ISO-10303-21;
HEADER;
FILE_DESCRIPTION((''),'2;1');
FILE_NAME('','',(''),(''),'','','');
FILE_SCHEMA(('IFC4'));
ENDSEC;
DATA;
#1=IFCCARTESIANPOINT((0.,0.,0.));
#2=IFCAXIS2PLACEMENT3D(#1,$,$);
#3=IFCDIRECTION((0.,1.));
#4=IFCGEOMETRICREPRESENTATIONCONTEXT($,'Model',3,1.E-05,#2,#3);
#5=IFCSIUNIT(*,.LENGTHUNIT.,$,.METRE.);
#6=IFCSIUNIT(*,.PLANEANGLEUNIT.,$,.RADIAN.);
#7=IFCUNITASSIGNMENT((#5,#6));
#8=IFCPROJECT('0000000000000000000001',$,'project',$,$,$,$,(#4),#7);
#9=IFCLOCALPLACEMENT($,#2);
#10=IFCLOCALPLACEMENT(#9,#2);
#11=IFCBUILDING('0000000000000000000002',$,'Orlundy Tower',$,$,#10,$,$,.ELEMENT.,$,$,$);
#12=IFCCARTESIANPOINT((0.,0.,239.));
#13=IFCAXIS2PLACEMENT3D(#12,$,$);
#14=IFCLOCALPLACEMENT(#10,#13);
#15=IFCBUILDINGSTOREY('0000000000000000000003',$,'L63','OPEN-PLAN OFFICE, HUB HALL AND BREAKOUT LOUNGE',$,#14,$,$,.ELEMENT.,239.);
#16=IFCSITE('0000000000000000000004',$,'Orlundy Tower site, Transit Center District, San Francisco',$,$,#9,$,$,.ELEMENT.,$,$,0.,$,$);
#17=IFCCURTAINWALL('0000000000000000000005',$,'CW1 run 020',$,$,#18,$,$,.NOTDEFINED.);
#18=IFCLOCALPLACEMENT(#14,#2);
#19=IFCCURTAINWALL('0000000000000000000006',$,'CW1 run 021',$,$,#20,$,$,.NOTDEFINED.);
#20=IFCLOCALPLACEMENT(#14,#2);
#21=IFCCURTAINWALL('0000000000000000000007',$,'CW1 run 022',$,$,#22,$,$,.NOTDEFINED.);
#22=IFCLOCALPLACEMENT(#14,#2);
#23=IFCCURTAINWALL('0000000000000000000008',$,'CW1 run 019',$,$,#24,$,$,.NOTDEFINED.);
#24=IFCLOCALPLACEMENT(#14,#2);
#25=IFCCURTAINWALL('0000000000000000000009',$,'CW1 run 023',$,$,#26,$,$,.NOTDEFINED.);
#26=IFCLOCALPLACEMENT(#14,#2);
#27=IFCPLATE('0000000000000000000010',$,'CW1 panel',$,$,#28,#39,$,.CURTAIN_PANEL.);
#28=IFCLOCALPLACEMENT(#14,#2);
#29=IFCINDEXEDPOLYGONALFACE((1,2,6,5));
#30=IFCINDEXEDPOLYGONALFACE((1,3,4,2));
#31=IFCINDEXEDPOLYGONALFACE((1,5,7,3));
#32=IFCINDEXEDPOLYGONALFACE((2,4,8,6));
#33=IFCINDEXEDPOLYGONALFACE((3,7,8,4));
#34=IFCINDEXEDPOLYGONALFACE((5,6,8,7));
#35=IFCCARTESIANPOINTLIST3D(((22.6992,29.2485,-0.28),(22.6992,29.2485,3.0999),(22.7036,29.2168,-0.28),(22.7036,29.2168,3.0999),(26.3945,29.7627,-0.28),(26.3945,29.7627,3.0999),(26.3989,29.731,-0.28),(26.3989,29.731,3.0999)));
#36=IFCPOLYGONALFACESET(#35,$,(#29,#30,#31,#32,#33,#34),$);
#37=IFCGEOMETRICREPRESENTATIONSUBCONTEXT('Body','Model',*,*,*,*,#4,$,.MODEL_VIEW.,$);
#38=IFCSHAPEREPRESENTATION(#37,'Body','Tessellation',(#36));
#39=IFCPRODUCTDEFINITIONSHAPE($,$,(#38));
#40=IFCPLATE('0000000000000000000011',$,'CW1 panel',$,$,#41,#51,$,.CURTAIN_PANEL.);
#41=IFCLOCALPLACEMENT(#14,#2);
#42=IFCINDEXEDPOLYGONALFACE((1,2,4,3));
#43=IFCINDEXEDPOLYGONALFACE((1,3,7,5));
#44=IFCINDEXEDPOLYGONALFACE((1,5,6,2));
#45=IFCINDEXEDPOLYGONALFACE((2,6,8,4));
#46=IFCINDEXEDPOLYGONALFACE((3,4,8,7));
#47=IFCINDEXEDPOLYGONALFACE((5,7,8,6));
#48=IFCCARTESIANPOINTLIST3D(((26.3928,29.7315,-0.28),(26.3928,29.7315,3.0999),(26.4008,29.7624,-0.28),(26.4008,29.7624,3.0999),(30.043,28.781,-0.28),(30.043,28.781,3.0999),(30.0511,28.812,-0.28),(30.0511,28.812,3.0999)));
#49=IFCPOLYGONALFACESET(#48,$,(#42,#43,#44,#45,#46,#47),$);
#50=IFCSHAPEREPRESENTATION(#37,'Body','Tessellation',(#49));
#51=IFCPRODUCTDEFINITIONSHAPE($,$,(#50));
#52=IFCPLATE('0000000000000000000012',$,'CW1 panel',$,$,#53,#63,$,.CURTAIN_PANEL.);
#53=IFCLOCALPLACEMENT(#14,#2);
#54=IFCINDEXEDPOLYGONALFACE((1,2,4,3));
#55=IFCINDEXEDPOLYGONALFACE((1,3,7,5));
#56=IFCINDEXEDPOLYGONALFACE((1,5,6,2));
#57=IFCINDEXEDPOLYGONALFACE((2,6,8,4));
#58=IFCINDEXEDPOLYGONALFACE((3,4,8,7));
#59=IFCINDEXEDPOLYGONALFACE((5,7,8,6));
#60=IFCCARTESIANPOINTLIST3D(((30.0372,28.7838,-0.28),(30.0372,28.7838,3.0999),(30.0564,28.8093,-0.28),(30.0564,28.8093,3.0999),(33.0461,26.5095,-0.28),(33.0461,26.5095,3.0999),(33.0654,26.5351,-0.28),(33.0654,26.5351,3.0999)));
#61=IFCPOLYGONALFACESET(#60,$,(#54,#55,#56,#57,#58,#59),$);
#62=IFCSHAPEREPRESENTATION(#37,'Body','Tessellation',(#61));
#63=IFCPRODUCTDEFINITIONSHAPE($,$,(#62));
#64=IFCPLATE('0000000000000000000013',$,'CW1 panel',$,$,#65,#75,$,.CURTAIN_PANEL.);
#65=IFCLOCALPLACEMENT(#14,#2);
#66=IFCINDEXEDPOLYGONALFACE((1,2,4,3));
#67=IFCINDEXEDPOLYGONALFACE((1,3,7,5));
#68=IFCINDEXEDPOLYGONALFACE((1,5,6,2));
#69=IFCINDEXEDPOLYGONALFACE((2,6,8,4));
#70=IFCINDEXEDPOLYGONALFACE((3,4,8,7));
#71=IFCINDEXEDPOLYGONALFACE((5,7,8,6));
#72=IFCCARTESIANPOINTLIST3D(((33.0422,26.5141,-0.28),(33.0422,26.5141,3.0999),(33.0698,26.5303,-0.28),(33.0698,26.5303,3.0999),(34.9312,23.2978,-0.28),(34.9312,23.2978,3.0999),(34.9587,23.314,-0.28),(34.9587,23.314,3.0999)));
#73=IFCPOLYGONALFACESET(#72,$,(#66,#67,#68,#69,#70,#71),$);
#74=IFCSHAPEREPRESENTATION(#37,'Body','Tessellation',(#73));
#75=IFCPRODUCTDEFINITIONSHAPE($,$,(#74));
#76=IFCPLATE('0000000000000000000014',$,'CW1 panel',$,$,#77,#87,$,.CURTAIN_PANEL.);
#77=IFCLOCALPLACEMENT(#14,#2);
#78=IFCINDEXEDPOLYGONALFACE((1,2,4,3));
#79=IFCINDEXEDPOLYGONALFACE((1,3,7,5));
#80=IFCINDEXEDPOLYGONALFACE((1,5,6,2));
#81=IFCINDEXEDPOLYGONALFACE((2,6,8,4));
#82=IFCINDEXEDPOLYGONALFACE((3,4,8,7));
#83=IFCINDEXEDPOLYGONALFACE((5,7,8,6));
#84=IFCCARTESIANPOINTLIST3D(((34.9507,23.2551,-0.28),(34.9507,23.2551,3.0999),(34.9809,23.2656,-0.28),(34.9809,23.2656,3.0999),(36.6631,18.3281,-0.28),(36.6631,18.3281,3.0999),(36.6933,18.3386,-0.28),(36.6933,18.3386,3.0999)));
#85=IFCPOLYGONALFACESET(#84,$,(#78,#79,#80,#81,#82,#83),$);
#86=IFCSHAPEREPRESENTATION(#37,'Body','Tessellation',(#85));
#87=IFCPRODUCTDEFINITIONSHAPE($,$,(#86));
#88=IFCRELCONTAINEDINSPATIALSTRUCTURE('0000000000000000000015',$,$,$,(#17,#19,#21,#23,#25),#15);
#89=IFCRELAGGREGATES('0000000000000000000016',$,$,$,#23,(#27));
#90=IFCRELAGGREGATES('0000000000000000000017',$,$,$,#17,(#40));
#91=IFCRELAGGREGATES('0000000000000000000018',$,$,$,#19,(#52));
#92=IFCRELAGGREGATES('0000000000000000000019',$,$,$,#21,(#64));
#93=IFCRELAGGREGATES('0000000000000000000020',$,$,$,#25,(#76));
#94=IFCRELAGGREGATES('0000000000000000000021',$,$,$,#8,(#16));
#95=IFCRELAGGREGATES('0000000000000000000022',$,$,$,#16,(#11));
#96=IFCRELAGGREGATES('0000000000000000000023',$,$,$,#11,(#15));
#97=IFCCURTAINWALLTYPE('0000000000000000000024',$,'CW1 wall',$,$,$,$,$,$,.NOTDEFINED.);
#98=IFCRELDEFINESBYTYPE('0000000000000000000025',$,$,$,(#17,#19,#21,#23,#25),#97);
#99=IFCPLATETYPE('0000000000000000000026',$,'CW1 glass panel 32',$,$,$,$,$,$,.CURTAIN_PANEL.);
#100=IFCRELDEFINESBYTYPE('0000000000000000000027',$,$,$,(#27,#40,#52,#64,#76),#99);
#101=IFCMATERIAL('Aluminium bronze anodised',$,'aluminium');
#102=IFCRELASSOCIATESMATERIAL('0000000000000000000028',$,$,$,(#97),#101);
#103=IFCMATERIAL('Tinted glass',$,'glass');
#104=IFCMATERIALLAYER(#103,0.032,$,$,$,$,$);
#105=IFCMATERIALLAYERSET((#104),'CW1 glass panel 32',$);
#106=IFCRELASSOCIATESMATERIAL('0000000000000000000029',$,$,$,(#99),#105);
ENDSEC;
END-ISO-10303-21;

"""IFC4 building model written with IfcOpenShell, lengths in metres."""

from ifc_helpers import new_model, si_unit, direction, frame, origin, origin_2d, place, context, subcontext, project, spatial, rectangle, extrude, material, layer, layer_set, type_object, element, aggregate, save


model = new_model("IFC4")

# Units and contexts
model_context = context("Model", 3, precision=1e-05, world=origin(), true_north=direction((0.0, 1.0)))
body_context = subcontext(model_context, "Body", "Model", "MODEL_VIEW")
ifc_project = project(units=[si_unit("LENGTHUNIT", "METRE"), si_unit("PLANEANGLEUNIT", "RADIAN")], contexts=[model_context])

# Site, building, storey
site_placement = place(None, origin())
site = spatial("IfcSite", under=ifc_project, at=site_placement, Name="Orlundy Tower site, Transit Center District, San Francisco", CompositionType="ELEMENT", RefElevation=0.0)
building_placement = place(site_placement, origin())
building = spatial("IfcBuilding", under=site, at=building_placement, Name="Orlundy Tower", CompositionType="ELEMENT")
storey_placement = place(building_placement, frame((0.0, 0.0, 239.0)))
storey = spatial("IfcBuildingStorey", under=building, at=storey_placement, Name="L63", Description="OPEN-PLAN OFFICE, HUB HALL AND BREAKOUT LOUNGE", CompositionType="ELEMENT", Elevation=239.0)

# Curtain walls
ifc_material_1 = material(Name="Aluminium bronze anodised", Category="aluminium")
curtain_wall_type = type_object("IfcCurtainWallType", Name="CW1 wall", PredefinedType="NOTDEFINED", material=ifc_material_1)
curtain_wall_1_placement = place(storey_placement, origin())
curtain_wall_1 = element("IfcCurtainWall", 1, at=curtain_wall_1_placement, inside=storey, type_object=curtain_wall_type, Name="CW1 run 020", PredefinedType="NOTDEFINED")
curtain_wall_2_placement = place(storey_placement, origin())
curtain_wall_2 = element("IfcCurtainWall", 2, at=curtain_wall_2_placement, inside=storey, type_object=curtain_wall_type, Name="CW1 run 021", PredefinedType="NOTDEFINED")
curtain_wall_3_placement = place(storey_placement, origin())
curtain_wall_3 = element("IfcCurtainWall", 3, at=curtain_wall_3_placement, inside=storey, type_object=curtain_wall_type, Name="CW1 run 022", PredefinedType="NOTDEFINED")
curtain_wall_4_placement = place(storey_placement, origin())
curtain_wall_4 = element("IfcCurtainWall", 4, at=curtain_wall_4_placement, inside=storey, type_object=curtain_wall_type, Name="CW1 run 019", PredefinedType="NOTDEFINED")

# Curtain wall
curtain_wall_5_placement = place(storey_placement, origin())
curtain_wall_5 = element("IfcCurtainWall", 5, at=curtain_wall_5_placement, inside=storey, type_object=curtain_wall_type, Name="CW1 run 023", PredefinedType="NOTDEFINED")

# Plates
ifc_material_2 = material(Name="Tinted glass", Category="glass")
ifc_layer = layer(ifc_material_2, 0.032)
ifc_layer_set = layer_set([ifc_layer], Name="CW1 glass panel 32")
plate_type = type_object("IfcPlateType", Name="CW1 glass panel 32", PredefinedType="CURTAIN_PANEL", material=ifc_layer_set)
plate_1_placement = place(storey_placement, frame((24.5491, 29.4897, -0.28), z_axis=(0.0, 0.0, 1.0), x_axis=(0.990455, 0.137833, 0.0)))
plate_1 = element("IfcPlate", 6, at=plate_1_placement, type_object=plate_type, Name="CW1 panel", PredefinedType="CURTAIN_PANEL", context=body_context, shape_type="SweptSolid", body=[
    extrude(rectangle(XDim=3.731, YDim=0.032, at=origin_2d()), origin(), (0.0, 0.0, 1.0), 3.3799),
])
aggregate(curtain_wall_4, [plate_1])
plate_2_placement = place(storey_placement, frame((28.2219, 29.2717, -0.28), z_axis=(0.0, 0.0, 1.0), x_axis=(0.967732, -0.251983, 0.0)))
plate_2 = element("IfcPlate", 7, at=plate_2_placement, type_object=plate_type, Name="CW1 panel", PredefinedType="CURTAIN_PANEL", context=body_context, shape_type="SweptSolid", body=[
    extrude(rectangle(XDim=3.772, YDim=0.032, at=origin_2d()), origin(), (0.0, 0.0, 1.0), 3.3799),
])
aggregate(curtain_wall_1, [plate_2])
plate_3_placement = place(storey_placement, frame((31.5513, 27.6594, -0.28), z_axis=(0.0, 0.0, 1.0), x_axis=(0.797761, -0.602974, 0.0)))
plate_3 = element("IfcPlate", 8, at=plate_3_placement, type_object=plate_type, Name="CW1 panel", PredefinedType="CURTAIN_PANEL", context=body_context, shape_type="SweptSolid", body=[
    extrude(rectangle(XDim=3.7717, YDim=0.032, at=origin_2d()), origin(), (0.0, 0.0, 1.0), 3.3799),
])
aggregate(curtain_wall_2, [plate_3])
plate_4_placement = place(storey_placement, frame((34.0005, 24.9141, -0.28), z_axis=(0.0, 0.0, 1.0), x_axis=(0.506419, -0.862288, 0.0)))
plate_4 = element("IfcPlate", 9, at=plate_4_placement, type_object=plate_type, Name="CW1 panel", PredefinedType="CURTAIN_PANEL", context=body_context, shape_type="SweptSolid", body=[
    extrude(rectangle(XDim=3.73, YDim=0.032, at=origin_2d()), origin(), (0.0, 0.0, 1.0), 3.3799),
])
aggregate(curtain_wall_3, [plate_4])
plate_5_placement = place(storey_placement, frame((35.822, 20.7969, -0.28), z_axis=(0.0, 0.0, 1.0), x_axis=(0.328288, -0.944578, 0.0)))
plate_5 = element("IfcPlate", 10, at=plate_5_placement, type_object=plate_type, Name="CW1 panel", PredefinedType="CURTAIN_PANEL", context=body_context, shape_type="SweptSolid", body=[
    extrude(rectangle(XDim=5.2161, YDim=0.032, at=origin_2d()), origin(), (0.0, 0.0, 1.0), 3.3799),
])
aggregate(curtain_wall_5, [plate_5])

save(model, "model.ifc")
